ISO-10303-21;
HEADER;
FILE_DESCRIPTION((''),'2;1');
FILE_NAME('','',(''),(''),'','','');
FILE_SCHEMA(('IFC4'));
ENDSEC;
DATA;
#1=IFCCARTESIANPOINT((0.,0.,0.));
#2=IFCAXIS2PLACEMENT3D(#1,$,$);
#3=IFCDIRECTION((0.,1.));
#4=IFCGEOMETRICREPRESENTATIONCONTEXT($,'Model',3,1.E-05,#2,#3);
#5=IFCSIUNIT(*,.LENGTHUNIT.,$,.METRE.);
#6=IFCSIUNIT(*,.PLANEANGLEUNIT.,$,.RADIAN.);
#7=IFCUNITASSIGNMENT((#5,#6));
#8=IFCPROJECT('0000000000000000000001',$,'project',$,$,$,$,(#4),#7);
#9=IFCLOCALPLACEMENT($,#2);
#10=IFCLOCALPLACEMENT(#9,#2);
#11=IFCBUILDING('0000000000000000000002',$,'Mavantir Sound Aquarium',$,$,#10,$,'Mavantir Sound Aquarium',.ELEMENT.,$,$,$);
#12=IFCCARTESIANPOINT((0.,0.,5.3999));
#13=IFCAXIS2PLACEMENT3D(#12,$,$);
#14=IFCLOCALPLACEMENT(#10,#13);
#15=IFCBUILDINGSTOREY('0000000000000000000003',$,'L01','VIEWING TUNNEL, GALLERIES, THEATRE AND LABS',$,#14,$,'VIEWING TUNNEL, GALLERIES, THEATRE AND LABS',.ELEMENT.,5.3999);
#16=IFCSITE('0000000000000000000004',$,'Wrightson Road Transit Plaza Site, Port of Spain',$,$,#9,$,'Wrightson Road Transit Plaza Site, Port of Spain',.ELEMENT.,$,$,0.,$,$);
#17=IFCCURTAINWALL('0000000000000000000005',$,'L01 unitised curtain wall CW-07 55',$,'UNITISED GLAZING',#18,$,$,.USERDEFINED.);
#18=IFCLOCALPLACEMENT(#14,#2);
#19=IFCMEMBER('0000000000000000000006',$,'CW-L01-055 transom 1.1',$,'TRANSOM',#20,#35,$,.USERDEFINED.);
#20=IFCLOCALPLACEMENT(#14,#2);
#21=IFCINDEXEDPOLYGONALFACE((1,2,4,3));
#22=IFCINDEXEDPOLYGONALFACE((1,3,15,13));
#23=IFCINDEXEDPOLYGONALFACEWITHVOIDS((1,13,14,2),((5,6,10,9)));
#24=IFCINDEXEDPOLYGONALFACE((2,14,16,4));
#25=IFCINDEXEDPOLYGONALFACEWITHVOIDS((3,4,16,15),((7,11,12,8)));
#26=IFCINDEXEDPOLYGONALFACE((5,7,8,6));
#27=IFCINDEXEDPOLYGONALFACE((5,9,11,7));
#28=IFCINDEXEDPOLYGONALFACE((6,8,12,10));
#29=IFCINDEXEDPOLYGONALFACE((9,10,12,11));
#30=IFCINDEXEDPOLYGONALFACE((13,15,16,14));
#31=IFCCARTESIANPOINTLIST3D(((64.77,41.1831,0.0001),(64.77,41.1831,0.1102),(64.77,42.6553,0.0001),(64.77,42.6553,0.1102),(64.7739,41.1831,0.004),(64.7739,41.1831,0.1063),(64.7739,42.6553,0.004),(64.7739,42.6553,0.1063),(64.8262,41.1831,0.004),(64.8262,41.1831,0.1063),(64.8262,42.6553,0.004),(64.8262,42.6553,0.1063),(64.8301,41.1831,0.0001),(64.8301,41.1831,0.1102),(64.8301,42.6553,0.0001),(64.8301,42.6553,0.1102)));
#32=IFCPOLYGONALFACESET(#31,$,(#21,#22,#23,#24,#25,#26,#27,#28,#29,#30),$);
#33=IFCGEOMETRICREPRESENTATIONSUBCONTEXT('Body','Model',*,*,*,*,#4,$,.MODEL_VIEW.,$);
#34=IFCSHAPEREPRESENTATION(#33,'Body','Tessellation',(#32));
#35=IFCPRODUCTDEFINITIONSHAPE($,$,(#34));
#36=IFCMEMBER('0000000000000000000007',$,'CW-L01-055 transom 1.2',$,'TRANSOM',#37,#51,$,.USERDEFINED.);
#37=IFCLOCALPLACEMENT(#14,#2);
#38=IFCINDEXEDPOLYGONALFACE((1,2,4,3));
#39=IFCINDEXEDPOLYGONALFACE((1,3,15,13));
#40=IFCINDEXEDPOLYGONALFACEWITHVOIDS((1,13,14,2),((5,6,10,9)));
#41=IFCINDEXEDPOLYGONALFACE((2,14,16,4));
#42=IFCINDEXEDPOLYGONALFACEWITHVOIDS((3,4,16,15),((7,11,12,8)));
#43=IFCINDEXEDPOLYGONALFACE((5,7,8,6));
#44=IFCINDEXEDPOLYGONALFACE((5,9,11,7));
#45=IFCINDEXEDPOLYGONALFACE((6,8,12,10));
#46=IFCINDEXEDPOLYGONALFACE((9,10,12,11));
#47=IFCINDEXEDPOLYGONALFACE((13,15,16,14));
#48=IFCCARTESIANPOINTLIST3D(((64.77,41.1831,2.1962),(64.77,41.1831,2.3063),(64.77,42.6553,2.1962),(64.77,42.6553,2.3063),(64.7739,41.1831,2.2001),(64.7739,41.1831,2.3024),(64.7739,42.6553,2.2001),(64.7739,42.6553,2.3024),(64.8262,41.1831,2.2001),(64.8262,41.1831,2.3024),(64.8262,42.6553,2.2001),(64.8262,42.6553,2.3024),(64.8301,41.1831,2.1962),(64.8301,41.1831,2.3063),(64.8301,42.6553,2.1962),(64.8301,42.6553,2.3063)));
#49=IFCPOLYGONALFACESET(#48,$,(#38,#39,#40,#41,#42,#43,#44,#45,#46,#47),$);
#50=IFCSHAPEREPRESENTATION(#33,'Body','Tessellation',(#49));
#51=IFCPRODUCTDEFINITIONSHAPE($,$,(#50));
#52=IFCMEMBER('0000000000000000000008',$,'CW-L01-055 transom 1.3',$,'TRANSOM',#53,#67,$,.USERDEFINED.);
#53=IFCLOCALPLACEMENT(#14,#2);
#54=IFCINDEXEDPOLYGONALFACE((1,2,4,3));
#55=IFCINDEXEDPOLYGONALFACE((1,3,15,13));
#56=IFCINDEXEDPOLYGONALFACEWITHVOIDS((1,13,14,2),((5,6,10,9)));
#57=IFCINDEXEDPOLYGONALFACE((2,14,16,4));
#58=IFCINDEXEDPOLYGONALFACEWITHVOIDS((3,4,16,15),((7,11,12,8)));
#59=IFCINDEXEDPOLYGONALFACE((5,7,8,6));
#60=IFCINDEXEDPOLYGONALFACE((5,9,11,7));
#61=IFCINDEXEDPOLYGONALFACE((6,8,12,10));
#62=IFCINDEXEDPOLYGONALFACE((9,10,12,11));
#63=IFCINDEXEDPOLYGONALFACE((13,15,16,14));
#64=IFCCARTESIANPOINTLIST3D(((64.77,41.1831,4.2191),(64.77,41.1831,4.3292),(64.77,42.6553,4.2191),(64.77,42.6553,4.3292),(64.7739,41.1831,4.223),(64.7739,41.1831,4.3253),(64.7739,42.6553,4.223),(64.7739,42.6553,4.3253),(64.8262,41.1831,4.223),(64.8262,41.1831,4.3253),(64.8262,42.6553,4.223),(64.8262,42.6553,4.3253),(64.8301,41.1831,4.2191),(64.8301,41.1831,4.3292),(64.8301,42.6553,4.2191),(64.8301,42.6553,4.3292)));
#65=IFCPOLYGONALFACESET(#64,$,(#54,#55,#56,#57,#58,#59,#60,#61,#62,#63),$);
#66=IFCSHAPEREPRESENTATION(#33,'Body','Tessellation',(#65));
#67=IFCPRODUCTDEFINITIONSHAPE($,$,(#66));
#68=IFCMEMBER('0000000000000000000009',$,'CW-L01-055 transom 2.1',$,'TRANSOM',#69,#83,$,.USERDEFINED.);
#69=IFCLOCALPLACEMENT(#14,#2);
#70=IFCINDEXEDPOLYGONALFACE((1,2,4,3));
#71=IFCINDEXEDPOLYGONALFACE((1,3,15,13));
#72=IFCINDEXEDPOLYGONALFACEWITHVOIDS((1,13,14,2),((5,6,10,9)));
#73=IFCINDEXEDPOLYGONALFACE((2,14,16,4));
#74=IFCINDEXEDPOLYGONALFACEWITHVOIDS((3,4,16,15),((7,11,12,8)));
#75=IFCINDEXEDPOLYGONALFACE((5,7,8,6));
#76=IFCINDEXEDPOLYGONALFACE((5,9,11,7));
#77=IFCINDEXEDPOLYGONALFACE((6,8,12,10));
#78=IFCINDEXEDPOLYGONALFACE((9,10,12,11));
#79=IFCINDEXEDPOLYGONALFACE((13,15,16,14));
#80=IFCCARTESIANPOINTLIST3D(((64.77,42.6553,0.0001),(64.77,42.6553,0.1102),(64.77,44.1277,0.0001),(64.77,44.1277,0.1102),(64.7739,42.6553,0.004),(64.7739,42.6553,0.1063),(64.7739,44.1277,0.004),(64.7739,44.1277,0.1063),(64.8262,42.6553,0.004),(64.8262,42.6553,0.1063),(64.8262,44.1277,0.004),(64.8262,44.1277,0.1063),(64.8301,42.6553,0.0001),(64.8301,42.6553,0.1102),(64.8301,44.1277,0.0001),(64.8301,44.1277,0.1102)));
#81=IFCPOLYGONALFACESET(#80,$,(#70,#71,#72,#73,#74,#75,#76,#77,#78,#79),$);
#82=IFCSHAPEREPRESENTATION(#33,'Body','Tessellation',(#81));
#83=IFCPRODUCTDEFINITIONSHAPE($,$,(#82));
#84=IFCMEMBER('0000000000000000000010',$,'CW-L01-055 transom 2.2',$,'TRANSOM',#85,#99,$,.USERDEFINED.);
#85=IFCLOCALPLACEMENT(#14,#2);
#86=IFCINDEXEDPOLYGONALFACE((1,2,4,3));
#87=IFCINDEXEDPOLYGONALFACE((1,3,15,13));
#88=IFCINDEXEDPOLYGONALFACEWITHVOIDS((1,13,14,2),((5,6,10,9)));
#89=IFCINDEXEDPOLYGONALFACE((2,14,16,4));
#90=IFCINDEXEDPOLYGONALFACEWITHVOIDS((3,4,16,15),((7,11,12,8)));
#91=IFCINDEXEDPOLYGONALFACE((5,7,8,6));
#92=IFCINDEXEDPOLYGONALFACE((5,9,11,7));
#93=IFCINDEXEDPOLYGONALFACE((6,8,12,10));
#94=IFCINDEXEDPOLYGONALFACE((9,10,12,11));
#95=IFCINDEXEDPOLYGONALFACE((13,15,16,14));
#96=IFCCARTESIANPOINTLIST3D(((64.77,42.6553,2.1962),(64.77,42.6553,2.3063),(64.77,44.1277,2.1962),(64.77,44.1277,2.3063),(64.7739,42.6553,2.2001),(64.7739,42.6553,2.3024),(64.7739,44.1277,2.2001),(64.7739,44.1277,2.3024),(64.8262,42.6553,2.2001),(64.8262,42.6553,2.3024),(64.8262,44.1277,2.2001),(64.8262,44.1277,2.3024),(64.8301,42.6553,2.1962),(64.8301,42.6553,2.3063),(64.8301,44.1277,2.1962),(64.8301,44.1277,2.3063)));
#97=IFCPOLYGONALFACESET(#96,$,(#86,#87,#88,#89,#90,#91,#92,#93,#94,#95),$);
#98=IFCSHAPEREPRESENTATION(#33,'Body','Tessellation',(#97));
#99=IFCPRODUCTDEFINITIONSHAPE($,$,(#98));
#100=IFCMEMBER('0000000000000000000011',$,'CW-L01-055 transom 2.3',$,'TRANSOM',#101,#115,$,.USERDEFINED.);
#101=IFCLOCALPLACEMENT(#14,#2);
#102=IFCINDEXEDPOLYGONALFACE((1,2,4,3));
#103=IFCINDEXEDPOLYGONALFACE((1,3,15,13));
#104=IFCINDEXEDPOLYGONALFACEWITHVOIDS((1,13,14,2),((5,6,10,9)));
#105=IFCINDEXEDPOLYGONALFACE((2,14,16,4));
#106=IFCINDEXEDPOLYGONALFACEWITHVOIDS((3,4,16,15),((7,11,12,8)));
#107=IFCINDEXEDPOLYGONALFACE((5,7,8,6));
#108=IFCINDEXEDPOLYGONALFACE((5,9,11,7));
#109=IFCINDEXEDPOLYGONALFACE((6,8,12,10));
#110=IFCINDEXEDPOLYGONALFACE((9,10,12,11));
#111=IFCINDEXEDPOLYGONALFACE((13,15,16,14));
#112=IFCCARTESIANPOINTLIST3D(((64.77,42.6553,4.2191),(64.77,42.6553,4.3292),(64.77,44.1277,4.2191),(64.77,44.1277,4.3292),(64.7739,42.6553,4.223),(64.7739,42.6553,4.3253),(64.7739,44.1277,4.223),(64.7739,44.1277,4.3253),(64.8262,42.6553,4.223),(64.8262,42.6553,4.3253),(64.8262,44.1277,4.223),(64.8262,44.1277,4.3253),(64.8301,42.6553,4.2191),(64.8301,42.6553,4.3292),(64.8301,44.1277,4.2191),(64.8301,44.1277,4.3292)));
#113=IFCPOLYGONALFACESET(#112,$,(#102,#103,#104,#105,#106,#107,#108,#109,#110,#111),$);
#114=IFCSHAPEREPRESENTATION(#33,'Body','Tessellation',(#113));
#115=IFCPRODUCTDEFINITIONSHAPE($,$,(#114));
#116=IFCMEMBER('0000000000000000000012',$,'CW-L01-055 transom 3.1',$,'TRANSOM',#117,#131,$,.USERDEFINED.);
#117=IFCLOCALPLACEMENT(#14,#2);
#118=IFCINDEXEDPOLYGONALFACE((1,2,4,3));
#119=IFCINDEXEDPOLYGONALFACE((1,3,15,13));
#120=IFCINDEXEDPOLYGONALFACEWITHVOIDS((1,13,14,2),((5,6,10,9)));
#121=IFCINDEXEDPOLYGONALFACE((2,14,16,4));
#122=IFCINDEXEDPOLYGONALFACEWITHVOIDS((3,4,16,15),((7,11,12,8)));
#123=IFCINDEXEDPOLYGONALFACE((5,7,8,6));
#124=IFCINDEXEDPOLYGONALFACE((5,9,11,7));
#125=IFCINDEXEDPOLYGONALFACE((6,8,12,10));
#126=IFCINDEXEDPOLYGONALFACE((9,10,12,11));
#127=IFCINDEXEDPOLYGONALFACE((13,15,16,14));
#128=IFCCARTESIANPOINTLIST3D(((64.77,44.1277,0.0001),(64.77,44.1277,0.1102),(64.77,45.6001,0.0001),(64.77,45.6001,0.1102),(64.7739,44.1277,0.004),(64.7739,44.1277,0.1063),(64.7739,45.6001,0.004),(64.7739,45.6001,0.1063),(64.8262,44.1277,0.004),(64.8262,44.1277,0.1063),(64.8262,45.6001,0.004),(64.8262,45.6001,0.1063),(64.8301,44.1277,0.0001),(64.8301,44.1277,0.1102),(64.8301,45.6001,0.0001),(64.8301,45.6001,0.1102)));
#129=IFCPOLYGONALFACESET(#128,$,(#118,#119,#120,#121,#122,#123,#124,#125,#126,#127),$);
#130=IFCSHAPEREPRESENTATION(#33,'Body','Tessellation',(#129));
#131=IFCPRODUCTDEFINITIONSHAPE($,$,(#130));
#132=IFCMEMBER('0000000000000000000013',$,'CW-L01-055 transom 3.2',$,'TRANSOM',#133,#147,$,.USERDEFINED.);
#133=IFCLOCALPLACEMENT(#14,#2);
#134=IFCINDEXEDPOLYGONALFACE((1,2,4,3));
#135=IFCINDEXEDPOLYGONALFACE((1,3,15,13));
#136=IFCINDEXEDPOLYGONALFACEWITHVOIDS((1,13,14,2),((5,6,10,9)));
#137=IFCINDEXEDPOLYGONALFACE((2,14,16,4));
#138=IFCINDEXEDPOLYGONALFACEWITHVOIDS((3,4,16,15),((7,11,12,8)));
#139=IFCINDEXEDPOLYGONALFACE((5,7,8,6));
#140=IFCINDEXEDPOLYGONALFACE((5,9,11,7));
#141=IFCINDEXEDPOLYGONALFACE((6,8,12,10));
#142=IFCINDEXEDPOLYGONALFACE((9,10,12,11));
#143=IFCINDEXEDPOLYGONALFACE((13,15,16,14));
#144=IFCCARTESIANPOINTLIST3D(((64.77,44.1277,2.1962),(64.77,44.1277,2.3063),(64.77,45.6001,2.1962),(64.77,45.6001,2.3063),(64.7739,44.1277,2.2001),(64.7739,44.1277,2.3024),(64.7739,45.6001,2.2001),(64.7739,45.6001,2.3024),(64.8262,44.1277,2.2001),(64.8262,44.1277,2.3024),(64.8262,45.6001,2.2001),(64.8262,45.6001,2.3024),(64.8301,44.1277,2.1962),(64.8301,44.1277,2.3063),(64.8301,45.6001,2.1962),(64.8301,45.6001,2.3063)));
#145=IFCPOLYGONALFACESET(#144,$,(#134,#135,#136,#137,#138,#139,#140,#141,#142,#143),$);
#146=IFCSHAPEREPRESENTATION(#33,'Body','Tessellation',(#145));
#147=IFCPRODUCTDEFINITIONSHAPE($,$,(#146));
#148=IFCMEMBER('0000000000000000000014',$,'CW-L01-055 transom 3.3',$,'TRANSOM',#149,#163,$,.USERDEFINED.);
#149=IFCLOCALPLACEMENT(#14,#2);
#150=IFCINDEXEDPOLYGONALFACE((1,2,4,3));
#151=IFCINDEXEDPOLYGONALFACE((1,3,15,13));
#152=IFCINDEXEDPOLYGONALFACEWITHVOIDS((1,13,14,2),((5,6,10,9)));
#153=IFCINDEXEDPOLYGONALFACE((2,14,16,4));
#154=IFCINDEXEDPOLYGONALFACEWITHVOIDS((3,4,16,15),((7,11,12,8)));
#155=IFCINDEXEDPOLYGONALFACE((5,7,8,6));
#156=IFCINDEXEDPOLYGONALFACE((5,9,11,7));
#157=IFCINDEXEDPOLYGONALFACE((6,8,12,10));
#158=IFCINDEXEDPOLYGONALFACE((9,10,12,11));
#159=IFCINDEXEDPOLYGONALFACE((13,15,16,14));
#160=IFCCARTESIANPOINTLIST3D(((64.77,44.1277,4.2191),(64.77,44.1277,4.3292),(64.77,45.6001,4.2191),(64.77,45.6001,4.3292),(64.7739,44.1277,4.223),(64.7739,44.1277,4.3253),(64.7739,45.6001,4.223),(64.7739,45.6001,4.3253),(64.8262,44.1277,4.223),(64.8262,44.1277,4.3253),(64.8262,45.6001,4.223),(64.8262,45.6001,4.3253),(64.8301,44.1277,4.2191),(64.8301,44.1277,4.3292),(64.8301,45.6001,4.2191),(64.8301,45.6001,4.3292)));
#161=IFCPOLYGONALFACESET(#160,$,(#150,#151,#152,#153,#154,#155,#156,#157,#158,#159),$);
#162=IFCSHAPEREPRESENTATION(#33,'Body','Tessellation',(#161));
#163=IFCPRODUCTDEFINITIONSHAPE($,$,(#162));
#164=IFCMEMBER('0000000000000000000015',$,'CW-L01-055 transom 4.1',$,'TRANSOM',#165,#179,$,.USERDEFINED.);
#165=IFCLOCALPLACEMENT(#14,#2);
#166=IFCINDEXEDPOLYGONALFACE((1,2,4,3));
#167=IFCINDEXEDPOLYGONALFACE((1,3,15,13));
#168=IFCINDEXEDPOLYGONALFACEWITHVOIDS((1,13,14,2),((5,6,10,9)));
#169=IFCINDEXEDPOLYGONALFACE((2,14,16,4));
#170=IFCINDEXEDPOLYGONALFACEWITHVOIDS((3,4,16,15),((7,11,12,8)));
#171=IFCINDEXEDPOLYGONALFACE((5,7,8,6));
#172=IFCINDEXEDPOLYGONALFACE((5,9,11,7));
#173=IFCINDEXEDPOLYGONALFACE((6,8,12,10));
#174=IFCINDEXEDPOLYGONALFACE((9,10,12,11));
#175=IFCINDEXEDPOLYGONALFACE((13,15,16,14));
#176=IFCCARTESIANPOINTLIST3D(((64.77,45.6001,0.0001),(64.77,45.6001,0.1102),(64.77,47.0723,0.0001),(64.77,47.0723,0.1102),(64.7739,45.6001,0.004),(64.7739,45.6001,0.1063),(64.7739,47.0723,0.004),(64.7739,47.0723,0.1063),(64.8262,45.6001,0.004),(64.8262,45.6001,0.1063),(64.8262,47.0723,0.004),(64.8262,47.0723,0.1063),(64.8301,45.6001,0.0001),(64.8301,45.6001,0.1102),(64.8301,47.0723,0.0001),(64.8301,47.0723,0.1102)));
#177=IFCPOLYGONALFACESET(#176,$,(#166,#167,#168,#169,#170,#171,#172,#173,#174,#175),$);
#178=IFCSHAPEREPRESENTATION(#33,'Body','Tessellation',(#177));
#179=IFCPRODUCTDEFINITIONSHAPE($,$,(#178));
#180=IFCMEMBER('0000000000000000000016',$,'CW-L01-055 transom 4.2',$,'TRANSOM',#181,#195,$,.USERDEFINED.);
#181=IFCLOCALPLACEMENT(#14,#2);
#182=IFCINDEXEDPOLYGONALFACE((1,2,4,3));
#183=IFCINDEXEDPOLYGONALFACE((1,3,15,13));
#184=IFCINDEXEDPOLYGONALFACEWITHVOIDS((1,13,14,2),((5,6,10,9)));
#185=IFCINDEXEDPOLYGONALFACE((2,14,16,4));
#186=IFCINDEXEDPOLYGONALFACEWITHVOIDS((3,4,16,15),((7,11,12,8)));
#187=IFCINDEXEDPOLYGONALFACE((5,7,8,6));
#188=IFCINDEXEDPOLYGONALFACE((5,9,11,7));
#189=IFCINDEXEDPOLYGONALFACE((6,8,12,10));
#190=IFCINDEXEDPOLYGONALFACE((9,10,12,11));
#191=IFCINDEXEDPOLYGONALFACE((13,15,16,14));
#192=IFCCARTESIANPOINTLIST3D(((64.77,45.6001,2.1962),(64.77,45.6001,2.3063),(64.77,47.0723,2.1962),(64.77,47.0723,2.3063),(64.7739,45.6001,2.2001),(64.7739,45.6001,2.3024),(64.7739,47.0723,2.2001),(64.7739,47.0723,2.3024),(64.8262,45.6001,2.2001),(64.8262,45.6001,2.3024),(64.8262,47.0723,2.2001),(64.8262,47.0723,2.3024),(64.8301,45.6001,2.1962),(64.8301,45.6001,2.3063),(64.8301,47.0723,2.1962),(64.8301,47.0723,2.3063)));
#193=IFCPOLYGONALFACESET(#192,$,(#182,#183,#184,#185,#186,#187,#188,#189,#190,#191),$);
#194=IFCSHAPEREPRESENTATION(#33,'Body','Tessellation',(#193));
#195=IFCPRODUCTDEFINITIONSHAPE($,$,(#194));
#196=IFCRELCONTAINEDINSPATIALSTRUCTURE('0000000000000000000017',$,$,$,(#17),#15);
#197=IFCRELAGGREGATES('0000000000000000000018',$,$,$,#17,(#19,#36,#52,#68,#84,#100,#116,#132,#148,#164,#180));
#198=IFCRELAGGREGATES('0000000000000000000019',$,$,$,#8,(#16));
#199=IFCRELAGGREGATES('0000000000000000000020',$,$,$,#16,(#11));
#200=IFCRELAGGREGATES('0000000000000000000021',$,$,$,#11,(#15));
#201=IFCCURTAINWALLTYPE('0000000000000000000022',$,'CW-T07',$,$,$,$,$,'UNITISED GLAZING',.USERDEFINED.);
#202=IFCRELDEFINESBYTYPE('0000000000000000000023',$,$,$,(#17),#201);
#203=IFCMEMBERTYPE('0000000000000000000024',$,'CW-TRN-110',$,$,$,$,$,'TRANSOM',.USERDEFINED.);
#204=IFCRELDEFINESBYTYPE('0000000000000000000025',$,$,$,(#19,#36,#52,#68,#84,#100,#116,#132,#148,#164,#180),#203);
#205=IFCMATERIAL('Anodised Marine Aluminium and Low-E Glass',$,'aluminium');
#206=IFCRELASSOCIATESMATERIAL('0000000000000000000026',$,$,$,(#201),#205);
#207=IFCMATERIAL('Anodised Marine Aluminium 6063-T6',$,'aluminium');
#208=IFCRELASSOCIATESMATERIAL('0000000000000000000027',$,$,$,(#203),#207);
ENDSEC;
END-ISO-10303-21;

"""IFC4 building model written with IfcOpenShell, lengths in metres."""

from ifc_helpers import new_model, si_unit, direction, frame, origin, origin_2d, place, context, subcontext, project, spatial, hollow_rectangle, extrude, material, material_profile, profile_set, type_object, element, aggregate, save


model = new_model("IFC4")

# Units and contexts
model_context = context("Model", 3, precision=1e-05, world=origin(), true_north=direction((0.0, 1.0)))
body_context = subcontext(model_context, "Body", "Model", "MODEL_VIEW")
ifc_project = project(units=[si_unit("LENGTHUNIT", "METRE"), si_unit("PLANEANGLEUNIT", "RADIAN")], contexts=[model_context])

# Site, building, storey
site_placement = place(None, origin())
site = spatial("IfcSite", under=ifc_project, at=site_placement, Name="Wrightson Road Transit Plaza Site, Port of Spain", LongName="Wrightson Road Transit Plaza Site, Port of Spain", CompositionType="ELEMENT", RefElevation=0.0)
building_placement = place(site_placement, origin())
building = spatial("IfcBuilding", under=site, at=building_placement, Name="Mavantir Sound Aquarium", LongName="Mavantir Sound Aquarium", CompositionType="ELEMENT")
storey_placement = place(building_placement, frame((0.0, 0.0, 5.3999)))
storey = spatial("IfcBuildingStorey", under=building, at=storey_placement, Name="L01", Description="VIEWING TUNNEL, GALLERIES, THEATRE AND LABS", LongName="VIEWING TUNNEL, GALLERIES, THEATRE AND LABS", CompositionType="ELEMENT", Elevation=5.3999)

# Curtain wall
ifc_material_1 = material(Name="Anodised Marine Aluminium and Low-E Glass", Category="aluminium")
curtain_wall_type_1 = type_object("IfcCurtainWallType", Name="CW-T07", ElementType="UNITISED GLAZING", PredefinedType="USERDEFINED", material=ifc_material_1)
curtain_wall_1_placement = place(storey_placement, origin())
curtain_wall_1 = element("IfcCurtainWall", 1, at=curtain_wall_1_placement, inside=storey, type_object=curtain_wall_type_1, Name="L01 unitised curtain wall CW-07 55", ObjectType="UNITISED GLAZING", PredefinedType="USERDEFINED")
ifc_material_2 = material(Name="Anodised Marine Aluminium 6063-T6", Category="aluminium")

# Members
ifc_material_profile_1 = material_profile(ifc_material_2, hollow_rectangle(XDim=0.0601, YDim=0.1101, WallThickness=0.0039, at=origin_2d()), Name="ALU-TRANSOM-110X60")
ifc_profile_set_1 = profile_set([ifc_material_profile_1], Name="Anodised Marine Aluminium 6063-T6")
member_type_1 = type_object("IfcMemberType", Name="CW-TRN-110", ElementType="TRANSOM", PredefinedType="USERDEFINED", material=ifc_profile_set_1)
member_1_placement = place(storey_placement, frame((64.8, 41.1831, 0.0552), z_axis=(0.0, 1.0, 0.0), x_axis=(-1.0, 0.0, 0.0)))
member_1 = element("IfcMember", 2, at=member_1_placement, type_object=member_type_1, Name="CW-L01-055 transom 1.1", ObjectType="TRANSOM", PredefinedType="USERDEFINED", context=body_context, shape_type="SweptSolid", body=[
    extrude(hollow_rectangle(XDim=0.0601, YDim=0.1101, WallThickness=0.0039, at=origin_2d()), origin(), (0.0, 0.0, 1.0), 1.4722),
])
member_2_placement = place(storey_placement, frame((64.8, 41.1831, 2.2512), z_axis=(0.0, 1.0, 0.0), x_axis=(-1.0, 0.0, 0.0)))
member_2 = element("IfcMember", 3, at=member_2_placement, type_object=member_type_1, Name="CW-L01-055 transom 1.2", ObjectType="TRANSOM", PredefinedType="USERDEFINED", context=body_context, shape_type="SweptSolid", body=[
    extrude(hollow_rectangle(XDim=0.0601, YDim=0.1101, WallThickness=0.0039, at=origin_2d()), origin(), (0.0, 0.0, 1.0), 1.4722),
])
member_3_placement = place(storey_placement, frame((64.8, 41.1831, 4.2742), z_axis=(0.0, 1.0, 0.0), x_axis=(-1.0, 0.0, 0.0)))
member_3 = element("IfcMember", 4, at=member_3_placement, type_object=member_type_1, Name="CW-L01-055 transom 1.3", ObjectType="TRANSOM", PredefinedType="USERDEFINED", context=body_context, shape_type="SweptSolid", body=[
    extrude(hollow_rectangle(XDim=0.0601, YDim=0.1101, WallThickness=0.0039, at=origin_2d()), origin(), (0.0, 0.0, 1.0), 1.4722),
])
member_4_placement = place(storey_placement, frame((64.8, 42.6553, 0.0552), z_axis=(0.0, 1.0, 0.0), x_axis=(-1.0, 0.0, 0.0)))
member_4 = element("IfcMember", 5, at=member_4_placement, type_object=member_type_1, Name="CW-L01-055 transom 2.1", ObjectType="TRANSOM", PredefinedType="USERDEFINED", context=body_context, shape_type="SweptSolid", body=[
    extrude(hollow_rectangle(XDim=0.0601, YDim=0.1101, WallThickness=0.0039, at=origin_2d()), origin(), (0.0, 0.0, 1.0), 1.4724),
])
member_5_placement = place(storey_placement, frame((64.8, 42.6553, 2.2512), z_axis=(0.0, 1.0, 0.0), x_axis=(-1.0, 0.0, 0.0)))
member_5 = element("IfcMember", 6, at=member_5_placement, type_object=member_type_1, Name="CW-L01-055 transom 2.2", ObjectType="TRANSOM", PredefinedType="USERDEFINED", context=body_context, shape_type="SweptSolid", body=[
    extrude(hollow_rectangle(XDim=0.0601, YDim=0.1101, WallThickness=0.0039, at=origin_2d()), origin(), (0.0, 0.0, 1.0), 1.4724),
])
member_6_placement = place(storey_placement, frame((64.8, 42.6553, 4.2742), z_axis=(0.0, 1.0, 0.0), x_axis=(-1.0, 0.0, 0.0)))
member_6 = element("IfcMember", 7, at=member_6_placement, type_object=member_type_1, Name="CW-L01-055 transom 2.3", ObjectType="TRANSOM", PredefinedType="USERDEFINED", context=body_context, shape_type="SweptSolid", body=[
    extrude(hollow_rectangle(XDim=0.0601, YDim=0.1101, WallThickness=0.0039, at=origin_2d()), origin(), (0.0, 0.0, 1.0), 1.4724),
])
member_7_placement = place(storey_placement, frame((64.8, 44.1277, 0.0552), z_axis=(0.0, 1.0, 0.0), x_axis=(-1.0, 0.0, 0.0)))
member_7 = element("IfcMember", 8, at=member_7_placement, type_object=member_type_1, Name="CW-L01-055 transom 3.1", ObjectType="TRANSOM", PredefinedType="USERDEFINED", context=body_context, shape_type="SweptSolid", body=[
    extrude(hollow_rectangle(XDim=0.0601, YDim=0.1101, WallThickness=0.0039, at=origin_2d()), origin(), (0.0, 0.0, 1.0), 1.4724),
])
member_8_placement = place(storey_placement, frame((64.8, 44.1277, 2.2512), z_axis=(0.0, 1.0, 0.0), x_axis=(-1.0, 0.0, 0.0)))
member_8 = element("IfcMember", 9, at=member_8_placement, type_object=member_type_1, Name="CW-L01-055 transom 3.2", ObjectType="TRANSOM", PredefinedType="USERDEFINED", context=body_context, shape_type="SweptSolid", body=[
    extrude(hollow_rectangle(XDim=0.0601, YDim=0.1101, WallThickness=0.0039, at=origin_2d()), origin(), (0.0, 0.0, 1.0), 1.4724),
])
member_9_placement = place(storey_placement, frame((64.8, 44.1277, 4.2742), z_axis=(0.0, 1.0, 0.0), x_axis=(-1.0, 0.0, 0.0)))
member_9 = element("IfcMember", 10, at=member_9_placement, type_object=member_type_1, Name="CW-L01-055 transom 3.3", ObjectType="TRANSOM", PredefinedType="USERDEFINED", context=body_context, shape_type="SweptSolid", body=[
    extrude(hollow_rectangle(XDim=0.0601, YDim=0.1101, WallThickness=0.0039, at=origin_2d()), origin(), (0.0, 0.0, 1.0), 1.4724),
])
member_10_placement = place(storey_placement, frame((64.8, 45.6001, 0.0552), z_axis=(0.0, 1.0, 0.0), x_axis=(-1.0, 0.0, 0.0)))
member_10 = element("IfcMember", 11, at=member_10_placement, type_object=member_type_1, Name="CW-L01-055 transom 4.1", ObjectType="TRANSOM", PredefinedType="USERDEFINED", context=body_context, shape_type="SweptSolid", body=[
    extrude(hollow_rectangle(XDim=0.0601, YDim=0.1101, WallThickness=0.0039, at=origin_2d()), origin(), (0.0, 0.0, 1.0), 1.4722),
])
member_11_placement = place(storey_placement, frame((64.8, 45.6001, 2.2512), z_axis=(0.0, 1.0, 0.0), x_axis=(-1.0, 0.0, 0.0)))
member_11 = element("IfcMember", 12, at=member_11_placement, type_object=member_type_1, Name="CW-L01-055 transom 4.2", ObjectType="TRANSOM", PredefinedType="USERDEFINED", context=body_context, shape_type="SweptSolid", body=[
    extrude(hollow_rectangle(XDim=0.0601, YDim=0.1101, WallThickness=0.0039, at=origin_2d()), origin(), (0.0, 0.0, 1.0), 1.4722),
])

aggregate(curtain_wall_1, [member_1, member_2, member_3, member_4, member_5, member_6, member_7, member_8, member_9, member_10, member_11])

save(model, "model.ifc")
